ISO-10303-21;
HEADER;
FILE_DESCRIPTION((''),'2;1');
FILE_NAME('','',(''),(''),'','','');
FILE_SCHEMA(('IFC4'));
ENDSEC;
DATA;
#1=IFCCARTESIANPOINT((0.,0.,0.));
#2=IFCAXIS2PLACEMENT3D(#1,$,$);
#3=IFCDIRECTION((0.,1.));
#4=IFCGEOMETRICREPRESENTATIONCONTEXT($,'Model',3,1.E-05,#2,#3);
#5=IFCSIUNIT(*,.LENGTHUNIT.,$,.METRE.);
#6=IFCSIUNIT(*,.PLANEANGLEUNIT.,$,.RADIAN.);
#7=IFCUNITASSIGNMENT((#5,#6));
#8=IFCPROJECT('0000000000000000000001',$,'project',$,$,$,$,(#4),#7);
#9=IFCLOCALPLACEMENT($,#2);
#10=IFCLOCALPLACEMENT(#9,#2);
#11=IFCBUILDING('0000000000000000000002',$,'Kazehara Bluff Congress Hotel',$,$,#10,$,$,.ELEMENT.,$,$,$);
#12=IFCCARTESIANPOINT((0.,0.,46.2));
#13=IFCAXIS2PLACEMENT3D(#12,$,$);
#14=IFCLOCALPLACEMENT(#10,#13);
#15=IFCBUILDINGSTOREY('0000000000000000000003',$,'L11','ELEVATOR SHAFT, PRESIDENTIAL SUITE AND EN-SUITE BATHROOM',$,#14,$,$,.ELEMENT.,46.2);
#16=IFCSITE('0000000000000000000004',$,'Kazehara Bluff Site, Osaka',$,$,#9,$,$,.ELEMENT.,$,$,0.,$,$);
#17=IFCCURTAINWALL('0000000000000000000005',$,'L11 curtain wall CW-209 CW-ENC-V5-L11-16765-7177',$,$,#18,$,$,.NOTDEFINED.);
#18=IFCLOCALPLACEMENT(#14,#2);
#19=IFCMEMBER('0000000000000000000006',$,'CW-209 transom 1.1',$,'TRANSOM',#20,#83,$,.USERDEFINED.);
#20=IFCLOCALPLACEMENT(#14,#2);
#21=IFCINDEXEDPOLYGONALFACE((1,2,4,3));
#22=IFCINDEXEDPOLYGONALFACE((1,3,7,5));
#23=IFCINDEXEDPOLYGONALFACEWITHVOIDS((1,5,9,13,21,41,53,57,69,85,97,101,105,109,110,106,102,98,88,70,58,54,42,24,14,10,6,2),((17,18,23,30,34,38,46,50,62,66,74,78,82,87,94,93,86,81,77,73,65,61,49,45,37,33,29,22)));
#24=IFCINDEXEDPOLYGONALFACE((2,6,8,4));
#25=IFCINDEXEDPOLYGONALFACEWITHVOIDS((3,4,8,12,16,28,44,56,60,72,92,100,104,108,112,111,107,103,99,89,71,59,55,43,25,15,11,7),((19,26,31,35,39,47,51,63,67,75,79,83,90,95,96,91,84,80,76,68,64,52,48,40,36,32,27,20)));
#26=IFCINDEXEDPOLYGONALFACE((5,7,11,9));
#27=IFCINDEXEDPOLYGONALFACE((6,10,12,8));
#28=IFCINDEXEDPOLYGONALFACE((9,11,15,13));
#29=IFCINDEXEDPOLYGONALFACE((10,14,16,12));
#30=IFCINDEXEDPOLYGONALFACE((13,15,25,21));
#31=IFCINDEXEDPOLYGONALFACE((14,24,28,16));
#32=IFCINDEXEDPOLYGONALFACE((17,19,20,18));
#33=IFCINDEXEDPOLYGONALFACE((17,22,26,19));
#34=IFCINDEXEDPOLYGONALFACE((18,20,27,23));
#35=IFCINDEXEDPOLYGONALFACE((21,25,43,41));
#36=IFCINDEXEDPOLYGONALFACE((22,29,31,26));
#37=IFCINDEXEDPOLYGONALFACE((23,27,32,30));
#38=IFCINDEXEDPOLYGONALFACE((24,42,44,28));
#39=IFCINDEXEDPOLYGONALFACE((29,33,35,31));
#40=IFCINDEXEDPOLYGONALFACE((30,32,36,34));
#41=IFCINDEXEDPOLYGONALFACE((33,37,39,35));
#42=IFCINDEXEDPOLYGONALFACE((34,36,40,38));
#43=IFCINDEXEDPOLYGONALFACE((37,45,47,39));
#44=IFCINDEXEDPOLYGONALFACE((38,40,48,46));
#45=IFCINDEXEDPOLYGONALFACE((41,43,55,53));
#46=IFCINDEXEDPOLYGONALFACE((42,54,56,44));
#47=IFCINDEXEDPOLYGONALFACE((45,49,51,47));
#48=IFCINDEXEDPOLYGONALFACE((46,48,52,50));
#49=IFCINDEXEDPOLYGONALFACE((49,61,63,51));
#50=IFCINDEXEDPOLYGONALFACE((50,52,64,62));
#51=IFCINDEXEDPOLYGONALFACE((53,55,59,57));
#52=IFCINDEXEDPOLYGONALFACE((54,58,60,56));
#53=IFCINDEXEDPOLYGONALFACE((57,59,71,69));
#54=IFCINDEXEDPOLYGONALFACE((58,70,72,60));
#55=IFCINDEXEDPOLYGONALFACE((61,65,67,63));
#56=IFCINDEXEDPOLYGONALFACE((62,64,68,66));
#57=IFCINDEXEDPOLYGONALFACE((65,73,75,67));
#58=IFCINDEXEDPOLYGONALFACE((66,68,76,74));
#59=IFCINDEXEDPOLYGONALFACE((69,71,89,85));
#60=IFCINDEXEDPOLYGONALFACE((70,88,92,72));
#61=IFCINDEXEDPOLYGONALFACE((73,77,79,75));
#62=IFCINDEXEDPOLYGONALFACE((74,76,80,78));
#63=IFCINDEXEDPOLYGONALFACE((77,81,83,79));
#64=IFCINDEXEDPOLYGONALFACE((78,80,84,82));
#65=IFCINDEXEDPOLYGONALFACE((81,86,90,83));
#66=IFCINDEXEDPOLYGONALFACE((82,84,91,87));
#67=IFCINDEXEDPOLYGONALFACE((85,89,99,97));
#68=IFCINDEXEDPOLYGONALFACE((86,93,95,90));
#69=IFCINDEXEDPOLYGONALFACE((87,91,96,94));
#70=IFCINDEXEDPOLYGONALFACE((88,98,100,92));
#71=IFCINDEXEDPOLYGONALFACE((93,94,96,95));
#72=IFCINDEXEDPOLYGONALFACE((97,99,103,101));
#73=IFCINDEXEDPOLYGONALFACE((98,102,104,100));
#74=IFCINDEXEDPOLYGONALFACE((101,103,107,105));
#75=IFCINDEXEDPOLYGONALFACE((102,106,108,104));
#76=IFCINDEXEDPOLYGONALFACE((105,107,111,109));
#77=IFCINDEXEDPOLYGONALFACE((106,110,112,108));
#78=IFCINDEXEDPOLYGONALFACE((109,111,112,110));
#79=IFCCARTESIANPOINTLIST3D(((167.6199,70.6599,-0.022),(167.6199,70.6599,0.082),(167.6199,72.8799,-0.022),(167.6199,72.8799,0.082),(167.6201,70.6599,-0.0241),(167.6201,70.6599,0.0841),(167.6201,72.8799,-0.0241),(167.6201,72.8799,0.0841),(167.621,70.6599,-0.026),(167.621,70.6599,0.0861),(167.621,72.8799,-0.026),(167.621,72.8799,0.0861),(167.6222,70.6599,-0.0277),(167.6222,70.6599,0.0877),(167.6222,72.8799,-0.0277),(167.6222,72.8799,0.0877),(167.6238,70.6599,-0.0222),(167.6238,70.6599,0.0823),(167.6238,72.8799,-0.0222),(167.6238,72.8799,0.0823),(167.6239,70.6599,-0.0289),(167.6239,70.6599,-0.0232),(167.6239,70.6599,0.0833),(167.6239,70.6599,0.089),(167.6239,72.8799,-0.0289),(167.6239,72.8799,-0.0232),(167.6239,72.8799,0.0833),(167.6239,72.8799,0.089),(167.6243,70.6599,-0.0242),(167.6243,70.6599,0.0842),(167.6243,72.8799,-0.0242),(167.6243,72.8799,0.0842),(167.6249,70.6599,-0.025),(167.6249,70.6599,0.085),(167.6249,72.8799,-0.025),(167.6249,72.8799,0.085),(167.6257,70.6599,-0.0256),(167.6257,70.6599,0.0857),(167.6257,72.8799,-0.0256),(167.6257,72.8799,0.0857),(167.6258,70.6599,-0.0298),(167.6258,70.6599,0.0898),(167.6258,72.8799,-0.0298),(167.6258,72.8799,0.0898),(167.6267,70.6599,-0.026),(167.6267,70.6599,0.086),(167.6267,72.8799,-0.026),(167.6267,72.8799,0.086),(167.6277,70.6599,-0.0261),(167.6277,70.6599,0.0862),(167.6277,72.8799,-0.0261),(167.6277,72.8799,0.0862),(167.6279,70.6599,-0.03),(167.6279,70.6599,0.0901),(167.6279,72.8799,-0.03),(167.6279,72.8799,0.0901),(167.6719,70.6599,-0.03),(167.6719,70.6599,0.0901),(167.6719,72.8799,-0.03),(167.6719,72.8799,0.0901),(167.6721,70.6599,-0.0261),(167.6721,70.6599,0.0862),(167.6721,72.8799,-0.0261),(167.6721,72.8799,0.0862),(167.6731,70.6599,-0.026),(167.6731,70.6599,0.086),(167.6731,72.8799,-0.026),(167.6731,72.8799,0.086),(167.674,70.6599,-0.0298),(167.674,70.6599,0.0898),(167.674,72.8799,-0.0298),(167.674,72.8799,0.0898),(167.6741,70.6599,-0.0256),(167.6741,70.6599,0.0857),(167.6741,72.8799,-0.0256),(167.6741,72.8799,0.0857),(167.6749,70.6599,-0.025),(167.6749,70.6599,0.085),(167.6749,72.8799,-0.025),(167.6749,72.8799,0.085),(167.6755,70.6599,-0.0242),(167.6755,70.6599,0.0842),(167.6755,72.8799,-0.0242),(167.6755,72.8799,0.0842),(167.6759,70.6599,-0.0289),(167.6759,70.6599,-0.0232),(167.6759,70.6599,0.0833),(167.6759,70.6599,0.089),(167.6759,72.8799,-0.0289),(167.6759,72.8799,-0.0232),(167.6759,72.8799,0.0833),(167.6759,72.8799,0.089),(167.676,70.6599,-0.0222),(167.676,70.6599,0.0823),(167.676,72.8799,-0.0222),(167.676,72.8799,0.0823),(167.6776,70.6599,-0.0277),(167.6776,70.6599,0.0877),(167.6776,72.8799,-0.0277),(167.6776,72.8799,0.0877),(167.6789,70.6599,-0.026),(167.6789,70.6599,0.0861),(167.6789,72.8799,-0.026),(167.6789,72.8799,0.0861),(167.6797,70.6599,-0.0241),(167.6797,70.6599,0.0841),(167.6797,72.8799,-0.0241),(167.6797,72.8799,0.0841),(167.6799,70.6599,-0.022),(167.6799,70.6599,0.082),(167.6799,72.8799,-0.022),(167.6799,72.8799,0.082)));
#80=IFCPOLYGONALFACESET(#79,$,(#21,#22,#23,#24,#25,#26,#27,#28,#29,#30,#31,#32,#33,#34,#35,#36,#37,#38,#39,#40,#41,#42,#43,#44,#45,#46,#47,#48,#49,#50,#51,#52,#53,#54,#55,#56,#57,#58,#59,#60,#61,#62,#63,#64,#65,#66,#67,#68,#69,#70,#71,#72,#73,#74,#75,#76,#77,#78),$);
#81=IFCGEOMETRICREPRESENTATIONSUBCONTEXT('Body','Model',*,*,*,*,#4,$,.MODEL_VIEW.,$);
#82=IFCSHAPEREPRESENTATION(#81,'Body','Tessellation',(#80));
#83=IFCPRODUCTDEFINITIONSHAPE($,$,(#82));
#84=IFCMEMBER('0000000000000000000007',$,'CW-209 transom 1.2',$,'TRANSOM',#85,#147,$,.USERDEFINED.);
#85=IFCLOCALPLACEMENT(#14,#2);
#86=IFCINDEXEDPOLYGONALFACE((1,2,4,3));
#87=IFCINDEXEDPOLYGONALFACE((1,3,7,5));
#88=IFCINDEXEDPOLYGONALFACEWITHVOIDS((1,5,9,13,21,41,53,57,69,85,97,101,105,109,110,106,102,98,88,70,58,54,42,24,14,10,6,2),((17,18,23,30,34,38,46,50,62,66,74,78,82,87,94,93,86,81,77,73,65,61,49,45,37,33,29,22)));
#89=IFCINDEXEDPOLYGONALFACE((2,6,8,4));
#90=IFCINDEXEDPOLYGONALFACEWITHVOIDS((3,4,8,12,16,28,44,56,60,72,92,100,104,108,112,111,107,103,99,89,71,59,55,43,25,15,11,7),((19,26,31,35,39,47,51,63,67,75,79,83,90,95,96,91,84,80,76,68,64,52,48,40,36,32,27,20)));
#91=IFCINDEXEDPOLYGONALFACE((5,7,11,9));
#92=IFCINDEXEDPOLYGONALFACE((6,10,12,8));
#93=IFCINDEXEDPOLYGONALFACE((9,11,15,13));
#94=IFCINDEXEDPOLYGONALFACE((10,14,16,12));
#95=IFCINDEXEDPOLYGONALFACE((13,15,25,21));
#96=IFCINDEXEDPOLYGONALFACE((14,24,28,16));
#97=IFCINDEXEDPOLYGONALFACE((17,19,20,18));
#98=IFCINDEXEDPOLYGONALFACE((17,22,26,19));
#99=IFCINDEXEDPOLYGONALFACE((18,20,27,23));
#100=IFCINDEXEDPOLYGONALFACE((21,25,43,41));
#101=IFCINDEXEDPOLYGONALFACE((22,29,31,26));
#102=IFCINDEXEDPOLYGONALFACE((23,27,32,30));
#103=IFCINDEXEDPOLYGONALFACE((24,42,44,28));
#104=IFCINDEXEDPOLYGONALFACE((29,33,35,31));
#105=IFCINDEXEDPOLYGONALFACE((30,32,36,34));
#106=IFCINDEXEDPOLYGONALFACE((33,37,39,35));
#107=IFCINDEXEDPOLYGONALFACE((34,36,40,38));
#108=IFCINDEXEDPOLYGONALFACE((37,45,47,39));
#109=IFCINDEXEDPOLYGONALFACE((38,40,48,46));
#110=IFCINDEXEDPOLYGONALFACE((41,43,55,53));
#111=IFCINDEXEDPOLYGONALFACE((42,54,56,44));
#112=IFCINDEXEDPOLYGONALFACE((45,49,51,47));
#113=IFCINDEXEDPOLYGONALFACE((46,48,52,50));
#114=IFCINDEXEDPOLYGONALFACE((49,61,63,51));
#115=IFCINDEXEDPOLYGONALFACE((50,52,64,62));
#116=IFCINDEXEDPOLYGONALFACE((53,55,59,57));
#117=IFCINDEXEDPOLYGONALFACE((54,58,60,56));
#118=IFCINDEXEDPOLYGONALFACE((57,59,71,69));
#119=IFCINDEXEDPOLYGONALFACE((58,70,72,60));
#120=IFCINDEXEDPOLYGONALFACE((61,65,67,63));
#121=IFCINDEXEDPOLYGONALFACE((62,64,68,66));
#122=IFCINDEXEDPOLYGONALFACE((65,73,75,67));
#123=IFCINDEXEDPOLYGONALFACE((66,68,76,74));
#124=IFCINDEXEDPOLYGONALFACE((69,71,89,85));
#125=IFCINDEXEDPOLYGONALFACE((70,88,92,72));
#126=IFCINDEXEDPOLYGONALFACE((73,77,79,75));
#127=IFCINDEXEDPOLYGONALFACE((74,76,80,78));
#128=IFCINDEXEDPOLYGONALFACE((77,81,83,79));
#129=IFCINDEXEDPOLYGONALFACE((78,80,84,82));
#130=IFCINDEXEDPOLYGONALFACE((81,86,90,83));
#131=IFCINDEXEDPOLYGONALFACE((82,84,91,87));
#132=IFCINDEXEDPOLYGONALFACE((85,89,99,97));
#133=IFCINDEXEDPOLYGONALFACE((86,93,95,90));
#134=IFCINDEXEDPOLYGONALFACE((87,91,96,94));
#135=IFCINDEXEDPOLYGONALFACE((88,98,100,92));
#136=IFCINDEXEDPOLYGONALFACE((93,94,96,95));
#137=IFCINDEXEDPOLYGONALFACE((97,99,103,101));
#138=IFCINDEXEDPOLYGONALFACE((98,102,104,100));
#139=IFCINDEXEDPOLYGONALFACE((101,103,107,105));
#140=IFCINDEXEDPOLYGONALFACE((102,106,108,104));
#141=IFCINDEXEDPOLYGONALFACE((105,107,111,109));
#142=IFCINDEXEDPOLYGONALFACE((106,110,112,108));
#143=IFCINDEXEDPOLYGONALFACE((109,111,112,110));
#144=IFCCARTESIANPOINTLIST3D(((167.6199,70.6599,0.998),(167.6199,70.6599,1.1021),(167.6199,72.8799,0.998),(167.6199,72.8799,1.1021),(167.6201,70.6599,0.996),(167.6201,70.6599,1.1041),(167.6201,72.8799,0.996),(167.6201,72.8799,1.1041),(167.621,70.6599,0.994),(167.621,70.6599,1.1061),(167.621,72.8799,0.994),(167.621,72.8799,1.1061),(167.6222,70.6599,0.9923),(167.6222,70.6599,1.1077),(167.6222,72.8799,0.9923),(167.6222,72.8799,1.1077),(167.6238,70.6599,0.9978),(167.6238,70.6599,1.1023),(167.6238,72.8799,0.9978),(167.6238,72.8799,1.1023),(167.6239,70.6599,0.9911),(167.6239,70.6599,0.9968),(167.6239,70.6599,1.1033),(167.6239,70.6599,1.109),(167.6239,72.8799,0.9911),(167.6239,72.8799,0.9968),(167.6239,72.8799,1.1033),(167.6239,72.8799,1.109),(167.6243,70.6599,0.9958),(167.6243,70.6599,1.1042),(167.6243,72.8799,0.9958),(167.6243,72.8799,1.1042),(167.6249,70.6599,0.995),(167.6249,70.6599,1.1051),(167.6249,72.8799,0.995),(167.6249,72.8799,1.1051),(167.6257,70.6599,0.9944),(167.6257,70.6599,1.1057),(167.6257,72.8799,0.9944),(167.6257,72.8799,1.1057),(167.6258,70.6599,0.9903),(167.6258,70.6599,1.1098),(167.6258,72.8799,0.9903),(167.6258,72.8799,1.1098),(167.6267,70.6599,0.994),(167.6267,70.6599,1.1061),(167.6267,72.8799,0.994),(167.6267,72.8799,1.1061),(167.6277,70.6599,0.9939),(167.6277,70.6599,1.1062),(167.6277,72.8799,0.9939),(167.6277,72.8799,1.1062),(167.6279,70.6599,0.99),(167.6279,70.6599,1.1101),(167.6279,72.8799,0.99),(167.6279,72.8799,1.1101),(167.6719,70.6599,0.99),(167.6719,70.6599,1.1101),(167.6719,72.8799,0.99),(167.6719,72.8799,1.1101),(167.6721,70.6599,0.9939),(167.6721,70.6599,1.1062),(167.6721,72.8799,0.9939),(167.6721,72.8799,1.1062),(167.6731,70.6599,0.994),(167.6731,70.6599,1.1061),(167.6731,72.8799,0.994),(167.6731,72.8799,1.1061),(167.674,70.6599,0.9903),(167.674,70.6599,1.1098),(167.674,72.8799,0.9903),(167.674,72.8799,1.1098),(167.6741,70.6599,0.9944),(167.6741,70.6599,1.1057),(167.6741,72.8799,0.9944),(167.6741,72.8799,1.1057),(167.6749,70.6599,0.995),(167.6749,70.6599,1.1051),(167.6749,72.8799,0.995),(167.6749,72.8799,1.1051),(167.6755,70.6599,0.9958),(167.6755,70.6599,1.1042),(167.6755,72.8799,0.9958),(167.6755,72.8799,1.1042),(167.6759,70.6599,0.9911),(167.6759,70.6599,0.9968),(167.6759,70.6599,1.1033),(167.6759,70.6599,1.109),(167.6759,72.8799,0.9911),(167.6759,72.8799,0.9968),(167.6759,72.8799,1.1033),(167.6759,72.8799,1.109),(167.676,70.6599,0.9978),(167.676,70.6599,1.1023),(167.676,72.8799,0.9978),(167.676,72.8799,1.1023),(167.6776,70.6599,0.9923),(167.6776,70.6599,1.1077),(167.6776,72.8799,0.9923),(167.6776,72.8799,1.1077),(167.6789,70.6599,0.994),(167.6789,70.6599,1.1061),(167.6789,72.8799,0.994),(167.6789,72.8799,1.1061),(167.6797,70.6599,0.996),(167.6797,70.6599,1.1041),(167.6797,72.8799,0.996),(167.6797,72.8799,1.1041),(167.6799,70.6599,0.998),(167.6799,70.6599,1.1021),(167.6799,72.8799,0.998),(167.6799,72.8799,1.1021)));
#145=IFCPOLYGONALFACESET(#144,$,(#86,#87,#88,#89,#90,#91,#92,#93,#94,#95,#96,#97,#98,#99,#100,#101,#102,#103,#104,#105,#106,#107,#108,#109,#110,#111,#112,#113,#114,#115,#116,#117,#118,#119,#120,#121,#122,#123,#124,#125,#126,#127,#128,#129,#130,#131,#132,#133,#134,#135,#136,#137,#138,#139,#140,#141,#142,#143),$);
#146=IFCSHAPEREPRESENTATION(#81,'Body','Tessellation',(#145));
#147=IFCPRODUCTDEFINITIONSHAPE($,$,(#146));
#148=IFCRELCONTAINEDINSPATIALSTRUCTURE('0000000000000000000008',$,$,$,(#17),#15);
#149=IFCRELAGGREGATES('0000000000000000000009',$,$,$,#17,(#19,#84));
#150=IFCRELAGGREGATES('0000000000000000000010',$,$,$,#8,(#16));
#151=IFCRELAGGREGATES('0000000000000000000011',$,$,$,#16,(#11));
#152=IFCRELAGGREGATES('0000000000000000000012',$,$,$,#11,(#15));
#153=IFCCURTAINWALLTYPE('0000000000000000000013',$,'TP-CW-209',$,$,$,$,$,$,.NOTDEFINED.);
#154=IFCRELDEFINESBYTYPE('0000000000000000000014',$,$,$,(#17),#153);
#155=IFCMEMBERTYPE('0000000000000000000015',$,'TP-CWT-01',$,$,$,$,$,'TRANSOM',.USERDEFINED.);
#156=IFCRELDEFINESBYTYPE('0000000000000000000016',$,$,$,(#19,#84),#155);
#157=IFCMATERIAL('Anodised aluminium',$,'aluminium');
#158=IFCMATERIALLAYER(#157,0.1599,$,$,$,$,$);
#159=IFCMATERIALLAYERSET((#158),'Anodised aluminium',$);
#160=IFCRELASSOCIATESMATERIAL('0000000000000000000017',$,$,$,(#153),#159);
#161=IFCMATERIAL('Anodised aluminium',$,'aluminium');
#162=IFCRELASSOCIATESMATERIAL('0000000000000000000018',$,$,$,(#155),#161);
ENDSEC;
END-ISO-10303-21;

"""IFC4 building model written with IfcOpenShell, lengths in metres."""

from ifc_helpers import new_model, si_unit, direction, frame, origin, origin_2d, place, context, subcontext, project, spatial, hollow_rectangle, extrude, material, layer, layer_set, material_profile, profile_set, type_object, element, aggregate, save


model = new_model("IFC4")

# Units and contexts
model_context = context("Model", 3, precision=1e-05, world=origin(), true_north=direction((0.0, 1.0)))
body_context = subcontext(model_context, "Body", "Model", "MODEL_VIEW")
ifc_project = project(units=[si_unit("LENGTHUNIT", "METRE"), si_unit("PLANEANGLEUNIT", "RADIAN")], contexts=[model_context])

# Site, building, storey
site_placement = place(None, origin())
site = spatial("IfcSite", under=ifc_project, at=site_placement, Name="Kazehara Bluff Site, Osaka", CompositionType="ELEMENT", RefElevation=0.0)
building_placement = place(site_placement, origin())
building = spatial("IfcBuilding", under=site, at=building_placement, Name="Kazehara Bluff Congress Hotel", CompositionType="ELEMENT")
storey_placement = place(building_placement, frame((0.0, 0.0, 46.2)))
storey = spatial("IfcBuildingStorey", under=building, at=storey_placement, Name="L11", Description="ELEVATOR SHAFT, PRESIDENTIAL SUITE AND EN-SUITE BATHROOM", CompositionType="ELEMENT", Elevation=46.2)

# Curtain wall
ifc_material_1 = material(Name="Anodised aluminium", Category="aluminium")
ifc_layer_1 = layer(ifc_material_1, 0.1599)
ifc_layer_set_1 = layer_set([ifc_layer_1], Name="Anodised aluminium")
curtain_wall_type_1 = type_object("IfcCurtainWallType", Name="TP-CW-209", PredefinedType="NOTDEFINED", material=ifc_layer_set_1)
curtain_wall_1_placement = place(storey_placement, origin())
curtain_wall_1 = element("IfcCurtainWall", 1, at=curtain_wall_1_placement, inside=storey, type_object=curtain_wall_type_1, Name="L11 curtain wall CW-209 CW-ENC-V5-L11-16765-7177", PredefinedType="NOTDEFINED")

# Members
ifc_material_2 = material(Name="Anodised aluminium", Category="aluminium")
ifc_material_profile_1 = material_profile(ifc_material_2, hollow_rectangle(XDim=0.0601, YDim=0.1201, WallThickness=0.0039, InnerFilletRadius=0.0039, OuterFilletRadius=0.0081, at=origin_2d()))
ifc_profile_set_1 = profile_set([ifc_material_profile_1], Name="Anodised aluminium")
member_type_1 = type_object("IfcMemberType", Name="TP-CWT-01", ElementType="TRANSOM", PredefinedType="USERDEFINED", material=ifc_profile_set_1)
member_1_placement = place(storey_placement, frame((167.6499, 72.8799, 0.03), z_axis=(0.0, -1.0, 0.0), x_axis=(1.0, 0.0, 0.0)))
member_1 = element("IfcMember", 2, at=member_1_placement, type_object=member_type_1, Name="CW-209 transom 1.1", ObjectType="TRANSOM", PredefinedType="USERDEFINED", context=body_context, shape_type="SweptSolid", body=[
    extrude(hollow_rectangle(XDim=0.0601, YDim=0.1201, WallThickness=0.0039, InnerFilletRadius=0.0039, OuterFilletRadius=0.0081, at=origin_2d()), origin(), (0.0, 0.0, 1.0), 2.22),
])
member_2_placement = place(storey_placement, frame((167.6499, 72.8799, 1.05), z_axis=(0.0, -1.0, 0.0), x_axis=(1.0, 0.0, 0.0)))
member_2 = element("IfcMember", 3, at=member_2_placement, type_object=member_type_1, Name="CW-209 transom 1.2", ObjectType="TRANSOM", PredefinedType="USERDEFINED", context=body_context, shape_type="SweptSolid", body=[
    extrude(hollow_rectangle(XDim=0.0601, YDim=0.1201, WallThickness=0.0039, InnerFilletRadius=0.0039, OuterFilletRadius=0.0081, at=origin_2d()), origin(), (0.0, 0.0, 1.0), 2.22),
])

aggregate(curtain_wall_1, [member_1, member_2])

save(model, "model.ifc")
